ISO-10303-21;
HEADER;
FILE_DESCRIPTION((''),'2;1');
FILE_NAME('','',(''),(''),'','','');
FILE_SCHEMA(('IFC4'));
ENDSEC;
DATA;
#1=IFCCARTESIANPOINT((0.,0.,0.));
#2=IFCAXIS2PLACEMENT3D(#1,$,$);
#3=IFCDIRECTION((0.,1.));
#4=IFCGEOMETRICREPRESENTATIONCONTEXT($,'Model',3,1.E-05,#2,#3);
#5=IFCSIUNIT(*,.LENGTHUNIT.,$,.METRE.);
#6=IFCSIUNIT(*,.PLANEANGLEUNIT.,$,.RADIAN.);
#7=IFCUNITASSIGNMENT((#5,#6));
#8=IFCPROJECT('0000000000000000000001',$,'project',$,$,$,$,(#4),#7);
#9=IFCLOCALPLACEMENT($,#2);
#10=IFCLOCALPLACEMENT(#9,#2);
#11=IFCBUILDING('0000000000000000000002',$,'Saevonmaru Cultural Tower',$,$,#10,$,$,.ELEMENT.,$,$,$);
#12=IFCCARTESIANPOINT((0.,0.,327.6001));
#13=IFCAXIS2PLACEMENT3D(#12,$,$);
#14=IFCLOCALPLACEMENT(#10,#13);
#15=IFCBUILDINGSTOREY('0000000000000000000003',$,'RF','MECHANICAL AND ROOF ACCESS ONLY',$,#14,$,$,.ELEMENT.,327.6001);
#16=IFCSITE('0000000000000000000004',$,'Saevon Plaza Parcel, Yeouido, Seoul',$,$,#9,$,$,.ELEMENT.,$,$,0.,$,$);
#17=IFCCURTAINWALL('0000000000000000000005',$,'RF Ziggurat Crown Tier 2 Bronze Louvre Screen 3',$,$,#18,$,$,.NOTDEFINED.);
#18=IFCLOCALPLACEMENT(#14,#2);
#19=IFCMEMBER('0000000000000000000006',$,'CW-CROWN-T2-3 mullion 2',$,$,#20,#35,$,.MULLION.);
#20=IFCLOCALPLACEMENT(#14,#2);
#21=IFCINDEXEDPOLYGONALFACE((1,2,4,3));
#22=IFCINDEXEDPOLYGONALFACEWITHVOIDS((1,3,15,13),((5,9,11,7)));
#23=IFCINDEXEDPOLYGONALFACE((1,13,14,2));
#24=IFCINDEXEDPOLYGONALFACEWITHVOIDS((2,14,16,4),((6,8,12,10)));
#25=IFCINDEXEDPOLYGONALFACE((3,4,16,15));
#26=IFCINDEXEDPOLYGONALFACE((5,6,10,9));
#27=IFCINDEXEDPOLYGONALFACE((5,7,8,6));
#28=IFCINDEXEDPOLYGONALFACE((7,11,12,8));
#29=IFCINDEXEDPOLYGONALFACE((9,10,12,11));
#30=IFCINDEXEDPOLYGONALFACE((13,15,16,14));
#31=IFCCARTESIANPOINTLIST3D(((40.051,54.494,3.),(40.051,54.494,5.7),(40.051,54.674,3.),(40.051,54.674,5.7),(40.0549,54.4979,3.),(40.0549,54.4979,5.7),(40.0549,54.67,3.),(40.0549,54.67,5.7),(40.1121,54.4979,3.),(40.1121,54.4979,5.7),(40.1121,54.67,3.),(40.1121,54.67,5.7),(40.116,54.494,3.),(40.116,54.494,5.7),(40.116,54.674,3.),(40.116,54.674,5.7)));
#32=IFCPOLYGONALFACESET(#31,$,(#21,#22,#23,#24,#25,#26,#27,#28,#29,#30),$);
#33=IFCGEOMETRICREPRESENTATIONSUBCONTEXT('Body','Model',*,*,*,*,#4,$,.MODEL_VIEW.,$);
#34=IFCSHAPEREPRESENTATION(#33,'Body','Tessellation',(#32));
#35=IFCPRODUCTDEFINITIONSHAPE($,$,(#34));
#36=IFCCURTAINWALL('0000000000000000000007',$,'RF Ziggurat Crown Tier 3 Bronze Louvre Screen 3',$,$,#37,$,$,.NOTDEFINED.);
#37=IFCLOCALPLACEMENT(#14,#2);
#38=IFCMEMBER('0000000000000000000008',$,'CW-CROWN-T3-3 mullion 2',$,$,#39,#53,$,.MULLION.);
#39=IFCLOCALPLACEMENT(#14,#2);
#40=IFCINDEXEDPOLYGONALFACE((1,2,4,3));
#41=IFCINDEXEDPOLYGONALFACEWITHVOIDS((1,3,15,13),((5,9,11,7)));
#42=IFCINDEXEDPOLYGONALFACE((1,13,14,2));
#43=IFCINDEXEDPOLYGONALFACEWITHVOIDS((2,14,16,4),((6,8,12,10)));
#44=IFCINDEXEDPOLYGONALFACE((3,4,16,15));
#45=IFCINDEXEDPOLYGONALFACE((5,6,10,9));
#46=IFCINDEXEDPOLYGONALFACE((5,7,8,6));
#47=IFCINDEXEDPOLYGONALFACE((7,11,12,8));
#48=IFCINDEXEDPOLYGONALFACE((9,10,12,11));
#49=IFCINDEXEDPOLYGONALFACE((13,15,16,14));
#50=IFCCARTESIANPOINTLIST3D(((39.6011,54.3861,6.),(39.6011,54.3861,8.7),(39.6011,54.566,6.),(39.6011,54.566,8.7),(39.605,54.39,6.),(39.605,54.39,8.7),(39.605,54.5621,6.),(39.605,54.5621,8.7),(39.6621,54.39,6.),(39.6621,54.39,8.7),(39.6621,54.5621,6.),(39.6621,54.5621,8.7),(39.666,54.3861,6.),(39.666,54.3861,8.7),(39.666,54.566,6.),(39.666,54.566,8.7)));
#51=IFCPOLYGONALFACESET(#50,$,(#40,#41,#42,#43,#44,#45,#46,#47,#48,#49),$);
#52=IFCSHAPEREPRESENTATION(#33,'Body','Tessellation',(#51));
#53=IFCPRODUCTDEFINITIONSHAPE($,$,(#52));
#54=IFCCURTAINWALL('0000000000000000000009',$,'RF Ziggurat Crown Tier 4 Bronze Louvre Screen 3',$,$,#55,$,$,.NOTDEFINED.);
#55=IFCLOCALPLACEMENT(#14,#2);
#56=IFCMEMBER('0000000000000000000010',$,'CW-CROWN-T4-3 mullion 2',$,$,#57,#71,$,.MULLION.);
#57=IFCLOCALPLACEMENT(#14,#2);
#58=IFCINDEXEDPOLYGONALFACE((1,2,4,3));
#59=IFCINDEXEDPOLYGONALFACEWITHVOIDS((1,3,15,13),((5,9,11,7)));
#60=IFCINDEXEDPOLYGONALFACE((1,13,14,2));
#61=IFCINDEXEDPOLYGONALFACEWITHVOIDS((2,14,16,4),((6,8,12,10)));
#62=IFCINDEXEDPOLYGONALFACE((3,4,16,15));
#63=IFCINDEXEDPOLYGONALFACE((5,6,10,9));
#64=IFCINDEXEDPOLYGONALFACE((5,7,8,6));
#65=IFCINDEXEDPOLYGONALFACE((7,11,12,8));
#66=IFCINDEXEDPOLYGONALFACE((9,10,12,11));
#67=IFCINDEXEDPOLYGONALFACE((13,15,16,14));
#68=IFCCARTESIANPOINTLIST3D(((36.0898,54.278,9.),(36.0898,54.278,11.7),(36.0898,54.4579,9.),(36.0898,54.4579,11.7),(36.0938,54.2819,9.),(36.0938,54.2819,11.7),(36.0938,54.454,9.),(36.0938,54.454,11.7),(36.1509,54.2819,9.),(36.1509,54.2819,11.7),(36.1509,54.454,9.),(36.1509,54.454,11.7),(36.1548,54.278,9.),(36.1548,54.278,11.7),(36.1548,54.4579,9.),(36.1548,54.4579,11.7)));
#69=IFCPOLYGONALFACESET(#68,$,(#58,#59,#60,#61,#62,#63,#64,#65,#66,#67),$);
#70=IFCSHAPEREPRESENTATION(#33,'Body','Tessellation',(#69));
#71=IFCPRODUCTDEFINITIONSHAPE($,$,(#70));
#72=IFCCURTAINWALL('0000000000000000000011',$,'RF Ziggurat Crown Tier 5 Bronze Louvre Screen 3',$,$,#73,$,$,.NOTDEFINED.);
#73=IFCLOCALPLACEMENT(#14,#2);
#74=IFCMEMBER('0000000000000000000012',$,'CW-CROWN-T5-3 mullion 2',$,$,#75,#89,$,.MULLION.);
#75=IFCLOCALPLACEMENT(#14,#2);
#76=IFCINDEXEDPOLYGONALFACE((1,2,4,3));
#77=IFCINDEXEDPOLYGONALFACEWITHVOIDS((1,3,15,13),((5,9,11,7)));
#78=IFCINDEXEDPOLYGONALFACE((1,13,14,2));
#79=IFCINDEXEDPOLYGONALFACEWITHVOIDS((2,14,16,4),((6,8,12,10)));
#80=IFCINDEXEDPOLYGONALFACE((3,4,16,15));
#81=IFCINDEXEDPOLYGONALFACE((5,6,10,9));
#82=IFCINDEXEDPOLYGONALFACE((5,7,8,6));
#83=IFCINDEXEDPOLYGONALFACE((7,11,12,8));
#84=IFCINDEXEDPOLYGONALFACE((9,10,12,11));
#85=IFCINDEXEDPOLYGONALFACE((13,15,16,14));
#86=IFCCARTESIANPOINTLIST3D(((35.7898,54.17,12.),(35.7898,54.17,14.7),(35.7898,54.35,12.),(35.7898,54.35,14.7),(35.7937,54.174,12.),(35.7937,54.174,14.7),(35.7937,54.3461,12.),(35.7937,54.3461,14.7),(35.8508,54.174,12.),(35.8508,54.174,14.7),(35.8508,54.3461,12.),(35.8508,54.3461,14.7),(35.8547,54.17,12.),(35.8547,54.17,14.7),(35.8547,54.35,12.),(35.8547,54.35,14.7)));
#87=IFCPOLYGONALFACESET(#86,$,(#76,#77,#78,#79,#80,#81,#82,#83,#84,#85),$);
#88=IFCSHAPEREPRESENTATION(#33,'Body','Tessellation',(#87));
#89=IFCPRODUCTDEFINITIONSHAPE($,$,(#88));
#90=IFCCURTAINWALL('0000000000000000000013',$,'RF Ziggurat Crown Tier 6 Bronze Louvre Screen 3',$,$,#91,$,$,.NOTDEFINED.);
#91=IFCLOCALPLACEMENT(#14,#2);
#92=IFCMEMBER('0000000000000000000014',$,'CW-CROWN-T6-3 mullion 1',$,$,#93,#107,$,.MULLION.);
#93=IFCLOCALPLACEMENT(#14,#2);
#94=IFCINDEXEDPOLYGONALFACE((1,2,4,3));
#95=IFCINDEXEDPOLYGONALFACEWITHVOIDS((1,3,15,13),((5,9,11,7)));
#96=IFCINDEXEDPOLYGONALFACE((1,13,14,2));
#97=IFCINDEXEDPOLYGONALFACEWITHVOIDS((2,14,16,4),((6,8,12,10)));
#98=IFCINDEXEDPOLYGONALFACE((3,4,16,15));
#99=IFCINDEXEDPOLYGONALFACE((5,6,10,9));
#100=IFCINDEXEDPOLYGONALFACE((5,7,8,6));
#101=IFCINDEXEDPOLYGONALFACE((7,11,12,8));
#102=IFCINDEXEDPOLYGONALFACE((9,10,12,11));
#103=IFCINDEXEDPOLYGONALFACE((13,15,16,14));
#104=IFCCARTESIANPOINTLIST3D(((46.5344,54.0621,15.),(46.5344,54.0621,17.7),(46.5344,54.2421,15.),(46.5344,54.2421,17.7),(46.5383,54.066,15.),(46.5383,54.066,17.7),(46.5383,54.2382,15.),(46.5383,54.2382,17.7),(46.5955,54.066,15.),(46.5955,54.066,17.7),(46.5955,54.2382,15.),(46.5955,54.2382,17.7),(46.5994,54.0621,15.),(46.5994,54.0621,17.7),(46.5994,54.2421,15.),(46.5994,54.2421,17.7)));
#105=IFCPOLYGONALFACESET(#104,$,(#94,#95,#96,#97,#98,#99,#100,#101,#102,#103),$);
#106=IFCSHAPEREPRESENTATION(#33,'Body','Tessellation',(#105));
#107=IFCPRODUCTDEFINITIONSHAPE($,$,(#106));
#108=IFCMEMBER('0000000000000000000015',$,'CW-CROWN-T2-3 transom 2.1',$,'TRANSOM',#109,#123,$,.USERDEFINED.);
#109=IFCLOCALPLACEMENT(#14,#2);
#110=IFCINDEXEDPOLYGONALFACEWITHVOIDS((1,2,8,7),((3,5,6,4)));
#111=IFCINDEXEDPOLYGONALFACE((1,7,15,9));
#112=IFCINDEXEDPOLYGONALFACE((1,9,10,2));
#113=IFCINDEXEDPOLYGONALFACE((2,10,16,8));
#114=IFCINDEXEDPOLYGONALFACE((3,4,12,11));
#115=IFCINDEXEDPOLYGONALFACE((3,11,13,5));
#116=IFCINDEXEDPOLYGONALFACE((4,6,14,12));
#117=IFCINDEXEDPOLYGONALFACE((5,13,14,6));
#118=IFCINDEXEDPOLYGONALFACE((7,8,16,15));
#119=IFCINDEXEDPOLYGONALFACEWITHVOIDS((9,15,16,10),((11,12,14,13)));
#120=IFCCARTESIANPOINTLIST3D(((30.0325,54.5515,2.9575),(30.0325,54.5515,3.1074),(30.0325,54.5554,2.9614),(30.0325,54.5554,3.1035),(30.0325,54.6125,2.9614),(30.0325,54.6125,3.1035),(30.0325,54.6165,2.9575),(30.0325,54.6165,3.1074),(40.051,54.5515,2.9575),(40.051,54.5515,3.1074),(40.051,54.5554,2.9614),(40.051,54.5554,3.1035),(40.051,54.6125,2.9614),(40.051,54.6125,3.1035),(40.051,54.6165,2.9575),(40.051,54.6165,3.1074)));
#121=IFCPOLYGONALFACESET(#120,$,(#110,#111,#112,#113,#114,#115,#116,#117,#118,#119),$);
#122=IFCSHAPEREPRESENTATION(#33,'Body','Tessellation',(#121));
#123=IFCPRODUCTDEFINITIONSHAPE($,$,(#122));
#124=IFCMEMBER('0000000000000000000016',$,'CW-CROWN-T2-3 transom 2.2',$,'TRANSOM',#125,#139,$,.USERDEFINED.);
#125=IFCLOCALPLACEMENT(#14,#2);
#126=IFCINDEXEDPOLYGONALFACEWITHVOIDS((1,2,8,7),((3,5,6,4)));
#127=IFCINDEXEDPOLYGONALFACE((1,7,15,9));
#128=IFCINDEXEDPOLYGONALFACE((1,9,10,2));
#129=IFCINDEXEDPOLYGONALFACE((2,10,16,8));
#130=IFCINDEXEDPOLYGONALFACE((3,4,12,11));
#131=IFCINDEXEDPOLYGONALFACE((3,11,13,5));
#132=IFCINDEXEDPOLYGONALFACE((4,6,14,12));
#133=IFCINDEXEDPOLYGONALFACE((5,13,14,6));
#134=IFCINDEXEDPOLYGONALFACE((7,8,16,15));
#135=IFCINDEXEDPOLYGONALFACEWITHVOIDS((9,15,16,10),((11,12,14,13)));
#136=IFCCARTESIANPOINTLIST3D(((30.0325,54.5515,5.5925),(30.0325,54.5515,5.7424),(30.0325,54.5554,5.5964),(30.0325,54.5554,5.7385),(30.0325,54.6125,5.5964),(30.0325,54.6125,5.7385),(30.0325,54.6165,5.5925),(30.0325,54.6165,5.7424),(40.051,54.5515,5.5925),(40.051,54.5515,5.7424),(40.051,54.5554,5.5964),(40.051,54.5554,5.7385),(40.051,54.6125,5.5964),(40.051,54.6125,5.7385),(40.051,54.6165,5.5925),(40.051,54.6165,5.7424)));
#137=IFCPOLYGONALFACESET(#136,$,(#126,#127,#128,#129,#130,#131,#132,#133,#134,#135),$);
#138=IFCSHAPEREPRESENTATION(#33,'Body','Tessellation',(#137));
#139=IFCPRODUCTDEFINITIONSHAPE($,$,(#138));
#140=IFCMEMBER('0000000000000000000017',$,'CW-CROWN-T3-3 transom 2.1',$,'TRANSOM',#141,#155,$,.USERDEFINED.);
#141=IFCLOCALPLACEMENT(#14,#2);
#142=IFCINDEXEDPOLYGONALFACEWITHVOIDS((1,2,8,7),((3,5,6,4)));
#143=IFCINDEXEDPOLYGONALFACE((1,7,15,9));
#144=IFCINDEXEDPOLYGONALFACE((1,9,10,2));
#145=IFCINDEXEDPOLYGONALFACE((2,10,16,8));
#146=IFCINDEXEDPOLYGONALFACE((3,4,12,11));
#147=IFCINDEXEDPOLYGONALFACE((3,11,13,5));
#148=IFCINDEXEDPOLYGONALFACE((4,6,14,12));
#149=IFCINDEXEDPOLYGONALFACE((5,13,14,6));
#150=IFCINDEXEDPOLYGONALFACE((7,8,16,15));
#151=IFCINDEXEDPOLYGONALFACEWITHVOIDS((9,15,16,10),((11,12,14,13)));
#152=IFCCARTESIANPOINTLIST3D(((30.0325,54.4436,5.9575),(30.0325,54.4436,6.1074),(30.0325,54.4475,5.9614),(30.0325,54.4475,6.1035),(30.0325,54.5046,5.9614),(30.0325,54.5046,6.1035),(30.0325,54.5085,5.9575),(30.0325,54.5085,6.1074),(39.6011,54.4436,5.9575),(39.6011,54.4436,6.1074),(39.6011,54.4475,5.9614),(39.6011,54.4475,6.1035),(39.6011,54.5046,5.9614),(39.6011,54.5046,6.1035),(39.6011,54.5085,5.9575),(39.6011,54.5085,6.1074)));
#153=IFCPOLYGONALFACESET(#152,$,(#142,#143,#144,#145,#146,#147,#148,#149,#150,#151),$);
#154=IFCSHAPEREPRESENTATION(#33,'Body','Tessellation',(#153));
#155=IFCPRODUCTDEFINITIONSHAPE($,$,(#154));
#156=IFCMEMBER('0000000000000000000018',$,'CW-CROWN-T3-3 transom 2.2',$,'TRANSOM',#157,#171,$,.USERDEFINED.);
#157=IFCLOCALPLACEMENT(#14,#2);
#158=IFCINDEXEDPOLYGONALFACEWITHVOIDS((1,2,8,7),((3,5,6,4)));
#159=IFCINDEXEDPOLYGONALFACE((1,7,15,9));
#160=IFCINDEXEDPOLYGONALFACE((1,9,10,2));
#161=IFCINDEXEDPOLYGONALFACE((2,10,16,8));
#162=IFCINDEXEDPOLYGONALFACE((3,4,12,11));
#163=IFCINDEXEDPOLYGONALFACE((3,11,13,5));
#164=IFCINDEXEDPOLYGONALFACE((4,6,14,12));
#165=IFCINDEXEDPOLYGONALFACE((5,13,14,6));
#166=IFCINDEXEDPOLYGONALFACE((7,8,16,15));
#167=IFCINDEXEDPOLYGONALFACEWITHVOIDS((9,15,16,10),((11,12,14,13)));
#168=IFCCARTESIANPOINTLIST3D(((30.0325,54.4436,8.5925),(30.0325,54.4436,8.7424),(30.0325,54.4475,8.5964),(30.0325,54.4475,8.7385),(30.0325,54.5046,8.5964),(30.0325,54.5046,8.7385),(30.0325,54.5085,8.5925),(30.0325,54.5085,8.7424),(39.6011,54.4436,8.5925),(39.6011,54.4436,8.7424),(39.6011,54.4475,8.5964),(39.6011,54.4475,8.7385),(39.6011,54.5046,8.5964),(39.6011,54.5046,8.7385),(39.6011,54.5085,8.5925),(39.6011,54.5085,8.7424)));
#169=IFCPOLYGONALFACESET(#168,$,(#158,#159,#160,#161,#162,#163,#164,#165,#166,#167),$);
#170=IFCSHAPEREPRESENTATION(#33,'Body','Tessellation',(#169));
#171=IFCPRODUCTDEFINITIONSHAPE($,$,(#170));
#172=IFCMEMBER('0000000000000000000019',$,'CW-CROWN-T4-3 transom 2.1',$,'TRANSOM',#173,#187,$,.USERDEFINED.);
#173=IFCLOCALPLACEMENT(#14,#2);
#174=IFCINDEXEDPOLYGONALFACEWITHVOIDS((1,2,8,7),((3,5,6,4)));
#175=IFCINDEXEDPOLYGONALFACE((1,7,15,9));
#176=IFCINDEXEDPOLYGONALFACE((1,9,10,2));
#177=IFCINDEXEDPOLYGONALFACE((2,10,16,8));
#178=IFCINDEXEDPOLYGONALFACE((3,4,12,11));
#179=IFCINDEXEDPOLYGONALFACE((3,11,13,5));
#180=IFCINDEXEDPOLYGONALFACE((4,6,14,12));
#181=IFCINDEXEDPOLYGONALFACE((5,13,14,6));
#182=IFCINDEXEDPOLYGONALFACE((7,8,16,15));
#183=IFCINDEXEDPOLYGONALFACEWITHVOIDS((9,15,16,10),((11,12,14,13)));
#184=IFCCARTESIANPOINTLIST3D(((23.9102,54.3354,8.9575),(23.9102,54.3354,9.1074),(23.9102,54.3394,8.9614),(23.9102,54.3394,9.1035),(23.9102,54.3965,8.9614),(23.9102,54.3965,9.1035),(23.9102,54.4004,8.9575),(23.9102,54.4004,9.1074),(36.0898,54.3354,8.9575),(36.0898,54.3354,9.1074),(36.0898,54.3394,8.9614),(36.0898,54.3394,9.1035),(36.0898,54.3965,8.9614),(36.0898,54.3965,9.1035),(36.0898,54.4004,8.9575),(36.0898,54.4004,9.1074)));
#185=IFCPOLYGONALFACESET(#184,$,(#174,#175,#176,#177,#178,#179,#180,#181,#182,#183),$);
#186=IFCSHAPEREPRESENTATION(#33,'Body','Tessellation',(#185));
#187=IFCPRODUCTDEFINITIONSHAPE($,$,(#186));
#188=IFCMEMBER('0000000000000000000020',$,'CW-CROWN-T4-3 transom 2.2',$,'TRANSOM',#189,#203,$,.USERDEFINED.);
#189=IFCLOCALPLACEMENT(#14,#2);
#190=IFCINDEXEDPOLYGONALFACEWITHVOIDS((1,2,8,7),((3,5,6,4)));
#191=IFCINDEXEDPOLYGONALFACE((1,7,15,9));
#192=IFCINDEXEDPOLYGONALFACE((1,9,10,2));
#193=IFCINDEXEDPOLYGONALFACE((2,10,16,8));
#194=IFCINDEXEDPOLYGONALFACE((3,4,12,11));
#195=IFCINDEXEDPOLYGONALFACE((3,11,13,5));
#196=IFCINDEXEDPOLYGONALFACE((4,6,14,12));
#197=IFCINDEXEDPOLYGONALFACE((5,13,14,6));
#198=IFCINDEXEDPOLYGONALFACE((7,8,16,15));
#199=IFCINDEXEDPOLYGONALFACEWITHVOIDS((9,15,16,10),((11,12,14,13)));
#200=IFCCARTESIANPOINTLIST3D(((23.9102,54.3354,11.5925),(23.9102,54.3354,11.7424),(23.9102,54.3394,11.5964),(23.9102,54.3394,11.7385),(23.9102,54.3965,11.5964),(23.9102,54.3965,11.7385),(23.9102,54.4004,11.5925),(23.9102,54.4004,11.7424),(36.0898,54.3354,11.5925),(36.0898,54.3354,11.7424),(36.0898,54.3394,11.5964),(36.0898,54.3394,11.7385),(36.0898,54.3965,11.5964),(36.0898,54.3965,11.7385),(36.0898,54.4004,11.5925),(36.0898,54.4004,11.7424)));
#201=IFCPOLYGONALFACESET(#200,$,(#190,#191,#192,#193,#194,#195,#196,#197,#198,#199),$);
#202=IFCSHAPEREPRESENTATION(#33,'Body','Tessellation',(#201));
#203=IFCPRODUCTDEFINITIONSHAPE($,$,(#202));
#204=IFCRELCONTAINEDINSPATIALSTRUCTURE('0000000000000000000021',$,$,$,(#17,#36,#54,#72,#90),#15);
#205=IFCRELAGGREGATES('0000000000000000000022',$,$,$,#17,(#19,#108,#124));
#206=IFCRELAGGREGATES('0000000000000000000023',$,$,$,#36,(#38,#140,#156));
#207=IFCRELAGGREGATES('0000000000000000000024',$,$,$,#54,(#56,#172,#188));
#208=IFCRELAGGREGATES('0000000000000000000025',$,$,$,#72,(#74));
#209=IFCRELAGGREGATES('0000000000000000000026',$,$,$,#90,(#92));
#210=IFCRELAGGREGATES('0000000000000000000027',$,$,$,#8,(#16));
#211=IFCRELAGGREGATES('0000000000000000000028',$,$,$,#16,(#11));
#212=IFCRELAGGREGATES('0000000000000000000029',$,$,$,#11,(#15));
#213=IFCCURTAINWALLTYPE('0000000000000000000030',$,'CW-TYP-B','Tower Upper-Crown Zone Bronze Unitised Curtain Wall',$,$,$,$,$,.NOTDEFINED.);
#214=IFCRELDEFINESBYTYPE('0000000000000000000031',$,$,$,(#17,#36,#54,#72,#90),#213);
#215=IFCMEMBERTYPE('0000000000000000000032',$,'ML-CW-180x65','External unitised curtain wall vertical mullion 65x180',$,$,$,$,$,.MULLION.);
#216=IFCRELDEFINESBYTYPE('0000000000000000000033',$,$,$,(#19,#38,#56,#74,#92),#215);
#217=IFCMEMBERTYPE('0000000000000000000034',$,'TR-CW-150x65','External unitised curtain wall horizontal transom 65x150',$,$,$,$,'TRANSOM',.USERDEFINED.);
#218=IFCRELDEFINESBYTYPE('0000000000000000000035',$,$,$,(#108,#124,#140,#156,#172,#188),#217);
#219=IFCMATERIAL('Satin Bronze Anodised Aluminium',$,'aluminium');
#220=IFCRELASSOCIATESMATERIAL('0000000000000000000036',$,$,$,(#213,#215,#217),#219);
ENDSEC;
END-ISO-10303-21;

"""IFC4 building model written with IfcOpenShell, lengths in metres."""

from ifc_helpers import new_model, si_unit, direction, frame, origin, origin_2d, place, context, subcontext, project, spatial, hollow_rectangle, extrude, material, material_profile, profile_set, type_object, element, aggregate, save


model = new_model("IFC4")

# Units and contexts
model_context = context("Model", 3, precision=1e-05, world=origin(), true_north=direction((0.0, 1.0)))
body_context = subcontext(model_context, "Body", "Model", "MODEL_VIEW")
ifc_project = project(units=[si_unit("LENGTHUNIT", "METRE"), si_unit("PLANEANGLEUNIT", "RADIAN")], contexts=[model_context])

# Site, building, storey
site_placement = place(None, origin())
site = spatial("IfcSite", under=ifc_project, at=site_placement, Name="Saevon Plaza Parcel, Yeouido, Seoul", CompositionType="ELEMENT", RefElevation=0.0)
building_placement = place(site_placement, origin())
building = spatial("IfcBuilding", under=site, at=building_placement, Name="Saevonmaru Cultural Tower", CompositionType="ELEMENT")
storey_placement = place(building_placement, frame((0.0, 0.0, 327.6001)))
storey = spatial("IfcBuildingStorey", under=building, at=storey_placement, Name="RF", Description="MECHANICAL AND ROOF ACCESS ONLY", CompositionType="ELEMENT", Elevation=327.6001)

# Curtain walls, members
ifc_material_1 = material(Name="Satin Bronze Anodised Aluminium", Category="aluminium")
curtain_wall_type = type_object("IfcCurtainWallType", Name="CW-TYP-B", Description="Tower Upper-Crown Zone Bronze Unitised Curtain Wall", PredefinedType="NOTDEFINED", material=ifc_material_1)
curtain_wall_1_placement = place(storey_placement, origin())
curtain_wall_1 = element("IfcCurtainWall", 1, at=curtain_wall_1_placement, inside=storey, type_object=curtain_wall_type, Name="RF Ziggurat Crown Tier 2 Bronze Louvre Screen 3", PredefinedType="NOTDEFINED")
ifc_material_profile_1 = material_profile(ifc_material_1, hollow_rectangle(XDim=0.0649, YDim=0.1799, WallThickness=0.0039, at=origin_2d()), Name="ALU-MULL-180x65x4")
ifc_profile_set_1 = profile_set([ifc_material_profile_1], Name="Satin Bronze Anodised Aluminium")
member_type_1 = type_object("IfcMemberType", Name="ML-CW-180x65", Description="External unitised curtain wall vertical mullion 65x180", PredefinedType="MULLION", material=ifc_profile_set_1)
member_1_placement = place(storey_placement, frame((40.0835, 54.584, 3.0), z_axis=(0.0, 0.0, 1.0), x_axis=(-1.0, 0.0, 0.0)))
member_1 = element("IfcMember", 2, at=member_1_placement, type_object=member_type_1, Name="CW-CROWN-T2-3 mullion 2", PredefinedType="MULLION", context=body_context, shape_type="SweptSolid", body=[
    extrude(hollow_rectangle(XDim=0.0649, YDim=0.1799, WallThickness=0.0039, at=origin_2d()), origin(), (0.0, 0.0, 1.0), 2.7),
])
curtain_wall_2_placement = place(storey_placement, origin())
curtain_wall_2 = element("IfcCurtainWall", 3, at=curtain_wall_2_placement, inside=storey, type_object=curtain_wall_type, Name="RF Ziggurat Crown Tier 3 Bronze Louvre Screen 3", PredefinedType="NOTDEFINED")
member_2_placement = place(storey_placement, frame((39.6335, 54.4761, 6.0), z_axis=(0.0, 0.0, 1.0), x_axis=(-1.0, 0.0, 0.0)))
member_2 = element("IfcMember", 4, at=member_2_placement, type_object=member_type_1, Name="CW-CROWN-T3-3 mullion 2", PredefinedType="MULLION", context=body_context, shape_type="SweptSolid", body=[
    extrude(hollow_rectangle(XDim=0.0649, YDim=0.1799, WallThickness=0.0039, at=origin_2d()), origin(), (0.0, 0.0, 1.0), 2.7),
])
curtain_wall_3_placement = place(storey_placement, origin())
curtain_wall_3 = element("IfcCurtainWall", 5, at=curtain_wall_3_placement, inside=storey, type_object=curtain_wall_type, Name="RF Ziggurat Crown Tier 4 Bronze Louvre Screen 3", PredefinedType="NOTDEFINED")
member_3_placement = place(storey_placement, frame((36.1223, 54.3679, 9.0), z_axis=(0.0, 0.0, 1.0), x_axis=(-1.0, 0.0, 0.0)))
member_3 = element("IfcMember", 6, at=member_3_placement, type_object=member_type_1, Name="CW-CROWN-T4-3 mullion 2", PredefinedType="MULLION", context=body_context, shape_type="SweptSolid", body=[
    extrude(hollow_rectangle(XDim=0.0649, YDim=0.1799, WallThickness=0.0039, at=origin_2d()), origin(), (0.0, 0.0, 1.0), 2.7),
])
curtain_wall_4_placement = place(storey_placement, origin())
curtain_wall_4 = element("IfcCurtainWall", 7, at=curtain_wall_4_placement, inside=storey, type_object=curtain_wall_type, Name="RF Ziggurat Crown Tier 5 Bronze Louvre Screen 3", PredefinedType="NOTDEFINED")
member_4_placement = place(storey_placement, frame((35.8223, 54.26, 12.0), z_axis=(0.0, 0.0, 1.0), x_axis=(-1.0, 0.0, 0.0)))
member_4 = element("IfcMember", 8, at=member_4_placement, type_object=member_type_1, Name="CW-CROWN-T5-3 mullion 2", PredefinedType="MULLION", context=body_context, shape_type="SweptSolid", body=[
    extrude(hollow_rectangle(XDim=0.0649, YDim=0.1799, WallThickness=0.0039, at=origin_2d()), origin(), (0.0, 0.0, 1.0), 2.7),
])
curtain_wall_5_placement = place(storey_placement, origin())
curtain_wall_5 = element("IfcCurtainWall", 9, at=curtain_wall_5_placement, inside=storey, type_object=curtain_wall_type, Name="RF Ziggurat Crown Tier 6 Bronze Louvre Screen 3", PredefinedType="NOTDEFINED")
member_5_placement = place(storey_placement, frame((46.5669, 54.1521, 15.0), z_axis=(0.0, 0.0, 1.0), x_axis=(-1.0, 0.0, 0.0)))
member_5 = element("IfcMember", 10, at=member_5_placement, type_object=member_type_1, Name="CW-CROWN-T6-3 mullion 1", PredefinedType="MULLION", context=body_context, shape_type="SweptSolid", body=[
    extrude(hollow_rectangle(XDim=0.0649, YDim=0.1799, WallThickness=0.0039, at=origin_2d()), origin(), (0.0, 0.0, 1.0), 2.7),
])

# Members
ifc_material_profile_2 = material_profile(ifc_material_1, hollow_rectangle(XDim=0.0649, YDim=0.1499, WallThickness=0.0039, at=origin_2d()), Name="ALU-TRAN-150x65x4")
ifc_profile_set_2 = profile_set([ifc_material_profile_2], Name="Satin Bronze Anodised Aluminium")
member_type_2 = type_object("IfcMemberType", Name="TR-CW-150x65", Description="External unitised curtain wall horizontal transom 65x150", ElementType="TRANSOM", PredefinedType="USERDEFINED", material=ifc_profile_set_2)
member_6_placement = place(storey_placement, frame((40.051, 54.584, 3.0325), z_axis=(-1.0, 0.0, 0.0), x_axis=(0.0, -1.0, 0.0)))
member_6 = element("IfcMember", 11, at=member_6_placement, type_object=member_type_2, Name="CW-CROWN-T2-3 transom 2.1", ObjectType="TRANSOM", PredefinedType="USERDEFINED", context=body_context, shape_type="SweptSolid", body=[
    extrude(hollow_rectangle(XDim=0.0649, YDim=0.1499, WallThickness=0.0039, at=origin_2d()), origin(), (0.0, 0.0, 1.0), 10.0186),
])
member_7_placement = place(storey_placement, frame((40.051, 54.584, 5.6675), z_axis=(-1.0, 0.0, 0.0), x_axis=(0.0, -1.0, 0.0)))
member_7 = element("IfcMember", 12, at=member_7_placement, type_object=member_type_2, Name="CW-CROWN-T2-3 transom 2.2", ObjectType="TRANSOM", PredefinedType="USERDEFINED", context=body_context, shape_type="SweptSolid", body=[
    extrude(hollow_rectangle(XDim=0.0649, YDim=0.1499, WallThickness=0.0039, at=origin_2d()), origin(), (0.0, 0.0, 1.0), 10.0186),
])
member_8_placement = place(storey_placement, frame((39.6011, 54.4761, 6.0325), z_axis=(-1.0, 0.0, 0.0), x_axis=(0.0, -1.0, 0.0)))
member_8 = element("IfcMember", 13, at=member_8_placement, type_object=member_type_2, Name="CW-CROWN-T3-3 transom 2.1", ObjectType="TRANSOM", PredefinedType="USERDEFINED", context=body_context, shape_type="SweptSolid", body=[
    extrude(hollow_rectangle(XDim=0.0649, YDim=0.1499, WallThickness=0.0039, at=origin_2d()), origin(), (0.0, 0.0, 1.0), 9.5686),
])
member_9_placement = place(storey_placement, frame((39.6011, 54.4761, 8.6675), z_axis=(-1.0, 0.0, 0.0), x_axis=(0.0, -1.0, 0.0)))
member_9 = element("IfcMember", 14, at=member_9_placement, type_object=member_type_2, Name="CW-CROWN-T3-3 transom 2.2", ObjectType="TRANSOM", PredefinedType="USERDEFINED", context=body_context, shape_type="SweptSolid", body=[
    extrude(hollow_rectangle(XDim=0.0649, YDim=0.1499, WallThickness=0.0039, at=origin_2d()), origin(), (0.0, 0.0, 1.0), 9.5686),
])
member_10_placement = place(storey_placement, frame((36.0898, 54.3679, 9.0325), z_axis=(-1.0, 0.0, 0.0), x_axis=(0.0, -1.0, 0.0)))
member_10 = element("IfcMember", 15, at=member_10_placement, type_object=member_type_2, Name="CW-CROWN-T4-3 transom 2.1", ObjectType="TRANSOM", PredefinedType="USERDEFINED", context=body_context, shape_type="SweptSolid", body=[
    extrude(hollow_rectangle(XDim=0.0649, YDim=0.1499, WallThickness=0.0039, at=origin_2d()), origin(), (0.0, 0.0, 1.0), 12.1797),
])
member_11_placement = place(storey_placement, frame((36.0898, 54.3679, 11.6675), z_axis=(-1.0, 0.0, 0.0), x_axis=(0.0, -1.0, 0.0)))
member_11 = element("IfcMember", 16, at=member_11_placement, type_object=member_type_2, Name="CW-CROWN-T4-3 transom 2.2", ObjectType="TRANSOM", PredefinedType="USERDEFINED", context=body_context, shape_type="SweptSolid", body=[
    extrude(hollow_rectangle(XDim=0.0649, YDim=0.1499, WallThickness=0.0039, at=origin_2d()), origin(), (0.0, 0.0, 1.0), 12.1797),
])

aggregate(curtain_wall_1, [member_1, member_6, member_7])
aggregate(curtain_wall_2, [member_2, member_8, member_9])
aggregate(curtain_wall_3, [member_3, member_10, member_11])
aggregate(curtain_wall_4, [member_4])
aggregate(curtain_wall_5, [member_5])

save(model, "model.ifc")
